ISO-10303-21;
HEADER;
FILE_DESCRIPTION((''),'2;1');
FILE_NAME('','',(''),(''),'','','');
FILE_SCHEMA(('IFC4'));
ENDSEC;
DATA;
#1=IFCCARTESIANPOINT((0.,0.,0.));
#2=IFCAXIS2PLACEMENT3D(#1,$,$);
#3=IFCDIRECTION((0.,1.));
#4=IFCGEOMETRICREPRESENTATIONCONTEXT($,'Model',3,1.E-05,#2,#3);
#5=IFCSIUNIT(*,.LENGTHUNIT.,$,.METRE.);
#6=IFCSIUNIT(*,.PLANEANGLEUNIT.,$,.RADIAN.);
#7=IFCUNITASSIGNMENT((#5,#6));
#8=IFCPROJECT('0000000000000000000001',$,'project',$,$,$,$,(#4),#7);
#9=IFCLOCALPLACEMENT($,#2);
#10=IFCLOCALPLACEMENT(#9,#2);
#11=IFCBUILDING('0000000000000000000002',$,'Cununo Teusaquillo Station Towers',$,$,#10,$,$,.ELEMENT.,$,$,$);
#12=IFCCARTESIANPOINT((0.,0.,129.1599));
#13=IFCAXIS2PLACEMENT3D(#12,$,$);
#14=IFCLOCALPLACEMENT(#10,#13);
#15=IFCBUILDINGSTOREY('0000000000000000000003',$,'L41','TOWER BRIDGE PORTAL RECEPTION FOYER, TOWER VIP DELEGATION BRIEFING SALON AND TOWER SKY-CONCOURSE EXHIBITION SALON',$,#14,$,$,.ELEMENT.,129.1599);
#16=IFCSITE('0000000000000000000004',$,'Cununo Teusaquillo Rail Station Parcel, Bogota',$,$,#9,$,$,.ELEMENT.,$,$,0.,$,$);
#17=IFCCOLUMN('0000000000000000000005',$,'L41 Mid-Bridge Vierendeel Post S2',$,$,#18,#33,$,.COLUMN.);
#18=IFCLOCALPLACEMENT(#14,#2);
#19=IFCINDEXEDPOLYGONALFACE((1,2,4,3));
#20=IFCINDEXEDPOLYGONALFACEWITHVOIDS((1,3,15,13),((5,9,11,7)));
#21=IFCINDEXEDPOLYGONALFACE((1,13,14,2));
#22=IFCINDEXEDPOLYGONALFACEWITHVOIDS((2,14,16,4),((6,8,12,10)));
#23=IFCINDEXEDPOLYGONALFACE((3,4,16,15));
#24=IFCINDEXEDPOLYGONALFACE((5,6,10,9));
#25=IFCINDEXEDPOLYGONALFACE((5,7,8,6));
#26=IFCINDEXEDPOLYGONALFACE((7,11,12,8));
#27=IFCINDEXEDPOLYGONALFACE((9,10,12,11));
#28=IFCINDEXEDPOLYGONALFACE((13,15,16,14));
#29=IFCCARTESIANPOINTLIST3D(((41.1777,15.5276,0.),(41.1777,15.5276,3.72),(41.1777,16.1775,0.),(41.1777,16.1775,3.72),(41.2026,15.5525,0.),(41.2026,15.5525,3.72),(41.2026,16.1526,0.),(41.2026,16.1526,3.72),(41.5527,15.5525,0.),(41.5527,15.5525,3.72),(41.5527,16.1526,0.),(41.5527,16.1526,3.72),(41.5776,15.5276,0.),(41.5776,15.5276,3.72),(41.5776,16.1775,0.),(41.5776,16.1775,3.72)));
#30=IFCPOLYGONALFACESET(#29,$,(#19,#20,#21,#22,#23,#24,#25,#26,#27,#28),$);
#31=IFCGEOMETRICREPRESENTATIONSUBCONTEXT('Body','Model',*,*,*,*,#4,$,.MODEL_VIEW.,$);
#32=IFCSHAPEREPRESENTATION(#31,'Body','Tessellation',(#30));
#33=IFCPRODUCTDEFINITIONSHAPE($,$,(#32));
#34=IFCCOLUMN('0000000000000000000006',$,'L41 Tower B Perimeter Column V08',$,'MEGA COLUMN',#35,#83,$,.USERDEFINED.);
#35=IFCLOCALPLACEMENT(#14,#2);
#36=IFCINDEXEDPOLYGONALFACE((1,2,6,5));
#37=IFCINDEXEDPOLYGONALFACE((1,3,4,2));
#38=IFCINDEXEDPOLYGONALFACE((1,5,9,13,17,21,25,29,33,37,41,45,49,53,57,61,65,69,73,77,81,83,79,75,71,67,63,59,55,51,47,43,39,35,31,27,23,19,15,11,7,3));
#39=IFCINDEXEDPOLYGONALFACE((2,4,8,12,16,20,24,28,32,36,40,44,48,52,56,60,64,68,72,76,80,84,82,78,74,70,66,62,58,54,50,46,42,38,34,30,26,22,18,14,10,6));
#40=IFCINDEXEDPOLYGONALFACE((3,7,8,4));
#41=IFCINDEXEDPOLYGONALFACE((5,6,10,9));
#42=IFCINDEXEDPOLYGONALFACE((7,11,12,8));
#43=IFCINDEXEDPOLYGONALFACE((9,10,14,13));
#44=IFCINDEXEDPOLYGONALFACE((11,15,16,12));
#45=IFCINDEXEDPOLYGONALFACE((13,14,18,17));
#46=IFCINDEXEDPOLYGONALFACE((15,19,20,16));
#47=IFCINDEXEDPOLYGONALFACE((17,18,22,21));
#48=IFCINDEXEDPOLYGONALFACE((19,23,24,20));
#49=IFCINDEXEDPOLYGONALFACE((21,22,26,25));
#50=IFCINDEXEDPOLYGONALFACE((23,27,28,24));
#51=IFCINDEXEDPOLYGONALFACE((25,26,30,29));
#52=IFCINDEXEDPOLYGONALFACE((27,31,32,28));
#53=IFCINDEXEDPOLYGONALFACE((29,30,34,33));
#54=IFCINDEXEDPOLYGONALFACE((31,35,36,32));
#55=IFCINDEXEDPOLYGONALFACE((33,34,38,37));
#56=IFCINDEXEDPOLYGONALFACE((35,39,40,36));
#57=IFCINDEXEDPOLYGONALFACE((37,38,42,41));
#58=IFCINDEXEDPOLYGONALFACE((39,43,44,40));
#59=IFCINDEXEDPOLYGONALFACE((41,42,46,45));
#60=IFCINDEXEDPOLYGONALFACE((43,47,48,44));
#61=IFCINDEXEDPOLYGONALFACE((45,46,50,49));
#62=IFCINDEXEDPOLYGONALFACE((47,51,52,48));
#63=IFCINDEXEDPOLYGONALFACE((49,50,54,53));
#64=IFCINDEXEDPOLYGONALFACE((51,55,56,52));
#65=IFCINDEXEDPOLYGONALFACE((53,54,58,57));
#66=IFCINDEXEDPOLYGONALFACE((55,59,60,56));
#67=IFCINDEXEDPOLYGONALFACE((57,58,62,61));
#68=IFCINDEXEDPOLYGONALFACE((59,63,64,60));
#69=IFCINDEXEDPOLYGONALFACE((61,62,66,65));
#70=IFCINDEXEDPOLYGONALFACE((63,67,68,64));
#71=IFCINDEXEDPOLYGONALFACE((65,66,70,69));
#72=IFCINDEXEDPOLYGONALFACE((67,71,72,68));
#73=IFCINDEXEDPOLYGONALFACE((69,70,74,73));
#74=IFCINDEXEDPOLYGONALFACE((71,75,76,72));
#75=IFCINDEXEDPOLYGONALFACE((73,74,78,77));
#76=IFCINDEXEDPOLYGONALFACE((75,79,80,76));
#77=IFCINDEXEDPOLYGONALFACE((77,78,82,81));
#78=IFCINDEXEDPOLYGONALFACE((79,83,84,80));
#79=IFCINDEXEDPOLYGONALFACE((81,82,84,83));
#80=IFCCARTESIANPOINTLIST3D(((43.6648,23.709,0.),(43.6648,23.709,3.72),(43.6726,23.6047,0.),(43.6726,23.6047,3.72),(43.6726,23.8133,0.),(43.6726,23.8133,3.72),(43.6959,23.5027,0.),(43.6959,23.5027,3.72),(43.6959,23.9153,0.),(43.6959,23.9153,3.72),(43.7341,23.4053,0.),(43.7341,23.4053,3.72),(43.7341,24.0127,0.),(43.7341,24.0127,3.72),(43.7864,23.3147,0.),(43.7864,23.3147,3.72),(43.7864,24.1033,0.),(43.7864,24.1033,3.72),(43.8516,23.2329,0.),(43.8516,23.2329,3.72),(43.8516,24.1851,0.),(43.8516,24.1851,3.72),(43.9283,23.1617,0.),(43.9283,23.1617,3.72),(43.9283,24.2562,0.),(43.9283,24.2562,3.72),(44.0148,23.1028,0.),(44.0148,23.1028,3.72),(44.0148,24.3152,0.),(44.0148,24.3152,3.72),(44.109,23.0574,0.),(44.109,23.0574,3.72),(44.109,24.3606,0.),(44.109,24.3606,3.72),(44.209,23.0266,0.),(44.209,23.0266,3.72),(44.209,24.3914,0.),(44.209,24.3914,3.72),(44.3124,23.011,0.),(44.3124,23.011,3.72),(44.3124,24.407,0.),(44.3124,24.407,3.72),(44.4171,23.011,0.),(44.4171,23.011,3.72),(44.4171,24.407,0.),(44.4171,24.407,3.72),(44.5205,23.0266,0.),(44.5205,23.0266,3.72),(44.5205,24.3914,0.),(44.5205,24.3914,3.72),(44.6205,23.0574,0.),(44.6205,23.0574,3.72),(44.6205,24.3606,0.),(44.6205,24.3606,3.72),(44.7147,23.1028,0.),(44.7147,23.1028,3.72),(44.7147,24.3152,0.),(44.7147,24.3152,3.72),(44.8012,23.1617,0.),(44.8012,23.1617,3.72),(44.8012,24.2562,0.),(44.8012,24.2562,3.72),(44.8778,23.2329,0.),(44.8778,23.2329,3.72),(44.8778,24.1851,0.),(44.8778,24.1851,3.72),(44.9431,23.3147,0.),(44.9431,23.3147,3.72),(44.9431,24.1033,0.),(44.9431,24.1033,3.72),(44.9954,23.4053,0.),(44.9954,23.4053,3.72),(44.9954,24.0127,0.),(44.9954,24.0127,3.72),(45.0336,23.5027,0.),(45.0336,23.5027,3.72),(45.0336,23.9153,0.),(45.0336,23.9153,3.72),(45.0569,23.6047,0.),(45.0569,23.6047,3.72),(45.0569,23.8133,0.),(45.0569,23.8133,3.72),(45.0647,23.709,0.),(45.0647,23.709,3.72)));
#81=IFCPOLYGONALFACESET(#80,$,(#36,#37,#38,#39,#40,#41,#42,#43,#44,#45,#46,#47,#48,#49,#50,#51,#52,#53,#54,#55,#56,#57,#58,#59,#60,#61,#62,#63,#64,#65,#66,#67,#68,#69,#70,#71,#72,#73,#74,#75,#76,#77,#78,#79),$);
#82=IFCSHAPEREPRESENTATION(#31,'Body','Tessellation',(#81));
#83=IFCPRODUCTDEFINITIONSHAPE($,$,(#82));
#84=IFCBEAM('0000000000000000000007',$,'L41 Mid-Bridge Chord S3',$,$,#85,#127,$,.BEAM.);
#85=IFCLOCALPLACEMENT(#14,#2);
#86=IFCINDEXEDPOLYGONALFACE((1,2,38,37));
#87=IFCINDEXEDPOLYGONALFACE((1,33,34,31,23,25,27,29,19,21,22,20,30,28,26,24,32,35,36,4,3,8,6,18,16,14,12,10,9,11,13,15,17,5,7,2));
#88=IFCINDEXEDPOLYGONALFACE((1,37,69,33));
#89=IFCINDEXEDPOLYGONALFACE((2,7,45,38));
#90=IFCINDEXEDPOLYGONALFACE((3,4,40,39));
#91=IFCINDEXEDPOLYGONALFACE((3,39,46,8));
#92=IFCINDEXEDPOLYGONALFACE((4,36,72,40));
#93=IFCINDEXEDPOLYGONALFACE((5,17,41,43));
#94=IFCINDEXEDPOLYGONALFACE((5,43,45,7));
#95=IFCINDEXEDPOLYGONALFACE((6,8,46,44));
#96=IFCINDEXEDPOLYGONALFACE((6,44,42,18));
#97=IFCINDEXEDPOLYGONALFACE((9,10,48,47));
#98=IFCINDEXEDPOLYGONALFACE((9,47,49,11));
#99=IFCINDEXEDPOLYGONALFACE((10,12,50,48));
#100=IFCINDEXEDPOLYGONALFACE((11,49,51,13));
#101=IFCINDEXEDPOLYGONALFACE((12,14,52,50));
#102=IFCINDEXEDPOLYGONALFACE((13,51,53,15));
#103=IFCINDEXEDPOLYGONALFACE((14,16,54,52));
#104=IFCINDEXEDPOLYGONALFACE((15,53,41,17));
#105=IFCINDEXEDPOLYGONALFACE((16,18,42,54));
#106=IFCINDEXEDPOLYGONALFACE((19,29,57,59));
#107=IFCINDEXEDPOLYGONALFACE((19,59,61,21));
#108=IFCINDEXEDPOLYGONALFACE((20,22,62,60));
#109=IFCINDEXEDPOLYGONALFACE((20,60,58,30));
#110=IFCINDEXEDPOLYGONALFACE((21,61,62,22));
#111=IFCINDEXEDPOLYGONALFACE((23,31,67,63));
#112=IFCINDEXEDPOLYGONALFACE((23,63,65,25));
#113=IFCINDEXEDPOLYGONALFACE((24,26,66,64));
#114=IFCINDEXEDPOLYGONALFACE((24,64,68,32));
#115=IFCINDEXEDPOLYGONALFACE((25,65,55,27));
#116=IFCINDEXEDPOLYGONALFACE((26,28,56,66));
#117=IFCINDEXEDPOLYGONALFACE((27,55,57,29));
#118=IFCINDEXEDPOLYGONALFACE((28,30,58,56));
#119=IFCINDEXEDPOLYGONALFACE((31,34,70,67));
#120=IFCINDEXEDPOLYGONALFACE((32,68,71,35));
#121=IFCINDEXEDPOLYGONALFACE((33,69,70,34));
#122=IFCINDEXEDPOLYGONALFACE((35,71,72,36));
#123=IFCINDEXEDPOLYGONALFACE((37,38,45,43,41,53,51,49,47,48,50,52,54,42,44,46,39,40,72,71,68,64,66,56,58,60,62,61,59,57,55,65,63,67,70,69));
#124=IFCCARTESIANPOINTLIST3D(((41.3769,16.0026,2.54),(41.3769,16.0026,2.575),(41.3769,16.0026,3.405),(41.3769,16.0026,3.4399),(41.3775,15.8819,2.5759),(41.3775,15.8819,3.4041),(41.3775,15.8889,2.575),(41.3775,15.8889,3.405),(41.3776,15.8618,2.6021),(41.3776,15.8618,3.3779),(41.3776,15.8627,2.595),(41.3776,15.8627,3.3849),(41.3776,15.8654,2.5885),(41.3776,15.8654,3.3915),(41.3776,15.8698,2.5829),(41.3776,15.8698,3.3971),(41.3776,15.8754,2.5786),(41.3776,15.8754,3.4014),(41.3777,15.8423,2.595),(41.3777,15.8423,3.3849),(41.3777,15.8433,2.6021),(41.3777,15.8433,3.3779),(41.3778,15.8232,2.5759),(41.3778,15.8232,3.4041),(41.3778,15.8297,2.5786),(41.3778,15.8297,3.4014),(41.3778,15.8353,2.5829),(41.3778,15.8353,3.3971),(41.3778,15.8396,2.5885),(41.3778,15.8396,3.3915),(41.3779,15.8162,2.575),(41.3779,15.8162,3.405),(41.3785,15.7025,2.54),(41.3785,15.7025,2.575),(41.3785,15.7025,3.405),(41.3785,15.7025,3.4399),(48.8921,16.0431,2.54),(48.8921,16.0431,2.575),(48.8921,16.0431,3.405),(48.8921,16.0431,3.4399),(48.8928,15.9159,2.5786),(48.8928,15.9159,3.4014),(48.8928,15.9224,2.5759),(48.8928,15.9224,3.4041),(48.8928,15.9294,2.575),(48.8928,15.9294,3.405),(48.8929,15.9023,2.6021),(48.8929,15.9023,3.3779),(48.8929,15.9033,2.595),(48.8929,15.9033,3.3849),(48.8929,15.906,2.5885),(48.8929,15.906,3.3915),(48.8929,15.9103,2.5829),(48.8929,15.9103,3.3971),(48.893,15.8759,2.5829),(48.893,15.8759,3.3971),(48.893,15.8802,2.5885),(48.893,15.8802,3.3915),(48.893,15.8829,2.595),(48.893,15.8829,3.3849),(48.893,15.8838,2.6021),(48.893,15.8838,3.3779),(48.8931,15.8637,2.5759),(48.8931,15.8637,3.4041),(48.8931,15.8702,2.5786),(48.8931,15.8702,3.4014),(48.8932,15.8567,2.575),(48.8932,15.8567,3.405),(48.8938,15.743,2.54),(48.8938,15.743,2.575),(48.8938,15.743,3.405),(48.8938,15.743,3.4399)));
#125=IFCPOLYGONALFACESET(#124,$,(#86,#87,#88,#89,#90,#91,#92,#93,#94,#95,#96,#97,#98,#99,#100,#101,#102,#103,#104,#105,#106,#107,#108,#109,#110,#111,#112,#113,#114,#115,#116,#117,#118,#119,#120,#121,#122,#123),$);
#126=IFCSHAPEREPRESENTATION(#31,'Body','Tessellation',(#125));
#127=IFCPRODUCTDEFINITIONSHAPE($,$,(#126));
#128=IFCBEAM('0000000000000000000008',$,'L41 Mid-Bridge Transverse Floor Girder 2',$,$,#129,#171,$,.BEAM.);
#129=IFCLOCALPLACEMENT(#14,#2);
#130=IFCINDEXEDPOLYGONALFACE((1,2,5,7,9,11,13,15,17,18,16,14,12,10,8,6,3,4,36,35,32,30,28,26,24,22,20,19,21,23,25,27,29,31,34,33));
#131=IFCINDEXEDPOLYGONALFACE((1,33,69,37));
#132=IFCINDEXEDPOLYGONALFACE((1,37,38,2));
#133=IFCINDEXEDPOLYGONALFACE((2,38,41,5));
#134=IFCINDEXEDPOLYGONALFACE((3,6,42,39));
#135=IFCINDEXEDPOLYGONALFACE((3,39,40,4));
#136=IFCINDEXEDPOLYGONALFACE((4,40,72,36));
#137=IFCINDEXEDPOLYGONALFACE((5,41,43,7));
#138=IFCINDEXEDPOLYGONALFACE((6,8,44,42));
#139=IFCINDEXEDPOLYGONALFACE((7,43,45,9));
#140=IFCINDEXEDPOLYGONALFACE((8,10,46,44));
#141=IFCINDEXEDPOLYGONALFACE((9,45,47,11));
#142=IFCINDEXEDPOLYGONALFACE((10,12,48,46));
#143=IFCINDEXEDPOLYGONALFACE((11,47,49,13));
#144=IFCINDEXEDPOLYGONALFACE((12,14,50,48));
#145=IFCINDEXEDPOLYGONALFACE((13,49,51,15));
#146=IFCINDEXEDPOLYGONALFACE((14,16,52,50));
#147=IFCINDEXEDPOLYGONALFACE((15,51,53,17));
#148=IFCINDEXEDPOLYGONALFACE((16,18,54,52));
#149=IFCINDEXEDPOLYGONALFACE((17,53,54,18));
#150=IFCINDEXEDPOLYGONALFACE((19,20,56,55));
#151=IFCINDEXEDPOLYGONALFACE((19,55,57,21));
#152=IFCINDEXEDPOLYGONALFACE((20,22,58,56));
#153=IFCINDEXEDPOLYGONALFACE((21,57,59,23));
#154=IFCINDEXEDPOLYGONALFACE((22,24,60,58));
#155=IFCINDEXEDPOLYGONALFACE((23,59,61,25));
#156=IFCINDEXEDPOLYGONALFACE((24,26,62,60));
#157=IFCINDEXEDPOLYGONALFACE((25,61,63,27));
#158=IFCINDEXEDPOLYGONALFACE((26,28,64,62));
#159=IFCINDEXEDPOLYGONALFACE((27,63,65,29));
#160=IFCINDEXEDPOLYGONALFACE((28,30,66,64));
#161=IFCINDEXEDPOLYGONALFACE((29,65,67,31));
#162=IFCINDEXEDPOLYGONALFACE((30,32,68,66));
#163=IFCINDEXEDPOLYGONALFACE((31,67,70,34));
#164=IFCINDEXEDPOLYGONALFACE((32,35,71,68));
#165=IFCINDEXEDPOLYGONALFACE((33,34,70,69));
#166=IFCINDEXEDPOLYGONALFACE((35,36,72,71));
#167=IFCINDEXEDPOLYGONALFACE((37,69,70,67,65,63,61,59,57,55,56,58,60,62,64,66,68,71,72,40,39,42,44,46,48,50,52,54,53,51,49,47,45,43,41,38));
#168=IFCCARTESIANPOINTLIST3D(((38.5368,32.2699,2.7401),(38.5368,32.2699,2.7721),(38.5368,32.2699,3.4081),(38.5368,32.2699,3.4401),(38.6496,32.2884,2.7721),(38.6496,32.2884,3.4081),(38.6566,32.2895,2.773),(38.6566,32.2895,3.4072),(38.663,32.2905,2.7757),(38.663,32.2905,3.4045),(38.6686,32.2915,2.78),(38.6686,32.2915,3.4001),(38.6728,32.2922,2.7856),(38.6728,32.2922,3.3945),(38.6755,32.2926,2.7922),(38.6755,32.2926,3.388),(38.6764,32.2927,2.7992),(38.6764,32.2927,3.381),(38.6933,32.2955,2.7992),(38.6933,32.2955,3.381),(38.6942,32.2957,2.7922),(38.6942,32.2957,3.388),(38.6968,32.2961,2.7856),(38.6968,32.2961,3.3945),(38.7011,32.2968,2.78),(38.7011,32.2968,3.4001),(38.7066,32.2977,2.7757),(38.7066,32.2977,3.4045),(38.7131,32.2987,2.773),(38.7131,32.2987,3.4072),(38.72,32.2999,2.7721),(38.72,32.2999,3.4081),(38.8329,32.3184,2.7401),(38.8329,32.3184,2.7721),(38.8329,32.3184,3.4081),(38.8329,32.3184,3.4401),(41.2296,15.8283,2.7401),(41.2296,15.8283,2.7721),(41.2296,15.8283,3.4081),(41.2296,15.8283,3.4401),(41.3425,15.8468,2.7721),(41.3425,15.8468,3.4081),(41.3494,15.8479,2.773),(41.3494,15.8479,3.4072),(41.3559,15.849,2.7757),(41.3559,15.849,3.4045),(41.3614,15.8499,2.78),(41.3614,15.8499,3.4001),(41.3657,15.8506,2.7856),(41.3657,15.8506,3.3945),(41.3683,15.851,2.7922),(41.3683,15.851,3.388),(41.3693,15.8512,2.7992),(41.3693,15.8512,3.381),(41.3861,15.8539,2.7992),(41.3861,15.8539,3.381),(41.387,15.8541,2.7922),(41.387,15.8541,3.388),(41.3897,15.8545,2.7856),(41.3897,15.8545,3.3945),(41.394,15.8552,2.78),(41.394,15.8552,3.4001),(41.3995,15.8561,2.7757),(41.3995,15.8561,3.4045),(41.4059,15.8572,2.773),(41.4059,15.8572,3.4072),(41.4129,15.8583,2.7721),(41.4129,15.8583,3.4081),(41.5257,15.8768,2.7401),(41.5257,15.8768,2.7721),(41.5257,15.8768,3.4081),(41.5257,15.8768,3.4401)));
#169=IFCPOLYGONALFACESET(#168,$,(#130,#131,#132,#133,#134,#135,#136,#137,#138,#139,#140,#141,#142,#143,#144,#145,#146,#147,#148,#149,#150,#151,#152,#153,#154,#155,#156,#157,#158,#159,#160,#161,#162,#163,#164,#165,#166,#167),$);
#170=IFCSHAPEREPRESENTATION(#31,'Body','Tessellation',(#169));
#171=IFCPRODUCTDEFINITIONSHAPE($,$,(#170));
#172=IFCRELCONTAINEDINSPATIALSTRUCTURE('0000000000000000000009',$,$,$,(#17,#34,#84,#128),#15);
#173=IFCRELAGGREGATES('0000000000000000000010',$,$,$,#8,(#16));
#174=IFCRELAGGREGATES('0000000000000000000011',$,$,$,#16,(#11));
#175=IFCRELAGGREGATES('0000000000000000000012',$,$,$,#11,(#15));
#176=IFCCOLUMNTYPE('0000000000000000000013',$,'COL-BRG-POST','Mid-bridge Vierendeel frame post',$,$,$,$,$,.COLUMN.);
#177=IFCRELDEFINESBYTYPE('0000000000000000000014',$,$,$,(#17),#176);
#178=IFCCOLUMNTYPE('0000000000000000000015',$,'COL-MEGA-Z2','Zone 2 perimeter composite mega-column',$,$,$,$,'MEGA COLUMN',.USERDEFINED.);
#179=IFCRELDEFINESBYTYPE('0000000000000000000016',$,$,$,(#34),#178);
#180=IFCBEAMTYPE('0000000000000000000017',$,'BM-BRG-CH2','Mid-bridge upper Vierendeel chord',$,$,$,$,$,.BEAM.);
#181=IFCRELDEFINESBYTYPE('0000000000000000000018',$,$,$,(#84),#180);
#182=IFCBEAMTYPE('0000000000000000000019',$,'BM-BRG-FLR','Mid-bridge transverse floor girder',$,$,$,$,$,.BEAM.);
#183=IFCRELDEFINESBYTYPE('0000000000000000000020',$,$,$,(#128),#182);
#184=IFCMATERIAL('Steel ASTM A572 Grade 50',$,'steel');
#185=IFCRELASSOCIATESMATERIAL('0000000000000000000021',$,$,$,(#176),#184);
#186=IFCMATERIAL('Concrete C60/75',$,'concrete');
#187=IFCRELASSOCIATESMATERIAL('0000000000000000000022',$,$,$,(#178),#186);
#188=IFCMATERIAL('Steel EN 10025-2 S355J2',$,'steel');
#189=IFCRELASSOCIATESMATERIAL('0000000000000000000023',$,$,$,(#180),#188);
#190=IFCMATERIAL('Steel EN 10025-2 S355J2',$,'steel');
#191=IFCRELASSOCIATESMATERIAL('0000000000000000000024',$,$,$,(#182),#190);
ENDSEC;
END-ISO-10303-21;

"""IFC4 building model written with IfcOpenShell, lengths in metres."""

from ifc_helpers import new_model, si_unit, direction, frame, origin, origin_2d, place, context, subcontext, project, spatial, hollow_rectangle, circle, i_section, extrude, material, material_profile, profile_set, type_object, element, save


model = new_model("IFC4")

# Units and contexts
model_context = context("Model", 3, precision=1e-05, world=origin(), true_north=direction((0.0, 1.0)))
body_context = subcontext(model_context, "Body", "Model", "MODEL_VIEW")
ifc_project = project(units=[si_unit("LENGTHUNIT", "METRE"), si_unit("PLANEANGLEUNIT", "RADIAN")], contexts=[model_context])

# Site, building, storey
site_placement = place(None, origin())
site = spatial("IfcSite", under=ifc_project, at=site_placement, Name="Cununo Teusaquillo Rail Station Parcel, Bogota", CompositionType="ELEMENT", RefElevation=0.0)
building_placement = place(site_placement, origin())
building = spatial("IfcBuilding", under=site, at=building_placement, Name="Cununo Teusaquillo Station Towers", CompositionType="ELEMENT")
storey_placement = place(building_placement, frame((0.0, 0.0, 129.1599)))
storey = spatial("IfcBuildingStorey", under=building, at=storey_placement, Name="L41", Description="TOWER BRIDGE PORTAL RECEPTION FOYER, TOWER VIP DELEGATION BRIEFING SALON AND TOWER SKY-CONCOURSE EXHIBITION SALON", CompositionType="ELEMENT", Elevation=129.1599)

# Columns
ifc_material_1 = material(Name="Steel ASTM A572 Grade 50", Category="steel")
ifc_material_profile_1 = material_profile(ifc_material_1, hollow_rectangle(XDim=0.3999, YDim=0.6499, WallThickness=0.0249, at=origin_2d()), Name="RHS 650x400x25")
ifc_profile_set_1 = profile_set([ifc_material_profile_1], Name="Steel ASTM A572 Grade 50")
column_type_1 = type_object("IfcColumnType", Name="COL-BRG-POST", Description="Mid-bridge Vierendeel frame post", PredefinedType="COLUMN", material=ifc_profile_set_1)
column_1_placement = place(storey_placement, frame((41.3777, 15.8525, 0.0), z_axis=(0.0, 0.0, 1.0), x_axis=(1.0, 0.0, 0.0)))
element("IfcColumn", 1, at=column_1_placement, inside=storey, type_object=column_type_1, Name="L41 Mid-Bridge Vierendeel Post S2", PredefinedType="COLUMN", context=body_context, shape_type="SweptSolid", body=[
    extrude(hollow_rectangle(XDim=0.3999, YDim=0.6499, WallThickness=0.0249, at=origin_2d()), origin(), (0.0, 0.0, 1.0), 3.72),
])
ifc_material_2 = material(Name="Concrete C60/75", Category="concrete")
ifc_material_profile_2 = material_profile(ifc_material_2, circle(Radius=0.7, at=origin_2d()), Name="RC-CIRC-1400")
ifc_profile_set_2 = profile_set([ifc_material_profile_2], Name="Concrete C60/75")
column_type_2 = type_object("IfcColumnType", Name="COL-MEGA-Z2", Description="Zone 2 perimeter composite mega-column", ElementType="MEGA COLUMN", PredefinedType="USERDEFINED", material=ifc_profile_set_2)
column_2_placement = place(storey_placement, frame((44.3647, 23.709, 0.0), z_axis=(0.0, 0.0, 1.0), x_axis=(1.0, 0.0, 0.0)))
element("IfcColumn", 2, at=column_2_placement, inside=storey, type_object=column_type_2, Name="L41 Tower B Perimeter Column V08", ObjectType="MEGA COLUMN", PredefinedType="USERDEFINED", context=body_context, shape_type="SweptSolid", body=[
    extrude(circle(Radius=0.7, at=origin_2d()), origin(), (0.0, 0.0, 1.0), 3.72),
])

# Beams
ifc_material_3 = material(Name="Steel EN 10025-2 S355J2", Category="steel")
ifc_material_profile_3 = material_profile(ifc_material_3, i_section(OverallWidth=0.3, OverallDepth=0.8999, WebThickness=0.0186, FlangeThickness=0.0349, FilletRadius=0.0271, at=origin_2d()), Name="HEB 900")
ifc_profile_set_3 = profile_set([ifc_material_profile_3], Name="Steel EN 10025-2 S355J2")
beam_type_1 = type_object("IfcBeamType", Name="BM-BRG-CH2", Description="Mid-bridge upper Vierendeel chord", PredefinedType="BEAM", material=ifc_profile_set_3)
beam_1_placement = place(storey_placement, frame((41.3777, 15.8525, 2.99), z_axis=(0.999985, 0.005393, 0.0), x_axis=(-0.005393, 0.999985, 0.0)))
element("IfcBeam", 3, at=beam_1_placement, inside=storey, type_object=beam_type_1, Name="L41 Mid-Bridge Chord S3", PredefinedType="BEAM", context=body_context, shape_type="SweptSolid", body=[
    extrude(i_section(OverallWidth=0.3, OverallDepth=0.8999, WebThickness=0.0186, FlangeThickness=0.0349, FilletRadius=0.0271, at=origin_2d()), origin(), (0.0, 0.0, 1.0), 7.5154),
])
ifc_material_4 = material(Name="Steel EN 10025-2 S355J2", Category="steel")
ifc_material_profile_4 = material_profile(ifc_material_4, i_section(OverallWidth=0.3, OverallDepth=0.7, WebThickness=0.0171, FlangeThickness=0.032, FilletRadius=0.0271, at=origin_2d()), Name="HEB 700")
ifc_profile_set_4 = profile_set([ifc_material_profile_4], Name="Steel EN 10025-2 S355J2")
beam_type_2 = type_object("IfcBeamType", Name="BM-BRG-FLR", Description="Mid-bridge transverse floor girder", PredefinedType="BEAM", material=ifc_profile_set_4)
beam_2_placement = place(storey_placement, frame((41.3777, 15.8525, 3.0901), z_axis=(-0.16163, 0.986851, 0.0), x_axis=(-0.986851, -0.16163, 0.0)))
element("IfcBeam", 4, at=beam_2_placement, inside=storey, type_object=beam_type_2, Name="L41 Mid-Bridge Transverse Floor Girder 2", PredefinedType="BEAM", context=body_context, shape_type="SweptSolid", body=[
    extrude(i_section(OverallWidth=0.3, OverallDepth=0.7, WebThickness=0.0171, FlangeThickness=0.032, FilletRadius=0.0271, at=origin_2d()), origin(), (0.0, 0.0, 1.0), 16.6606),
])

save(model, "model.ifc")
